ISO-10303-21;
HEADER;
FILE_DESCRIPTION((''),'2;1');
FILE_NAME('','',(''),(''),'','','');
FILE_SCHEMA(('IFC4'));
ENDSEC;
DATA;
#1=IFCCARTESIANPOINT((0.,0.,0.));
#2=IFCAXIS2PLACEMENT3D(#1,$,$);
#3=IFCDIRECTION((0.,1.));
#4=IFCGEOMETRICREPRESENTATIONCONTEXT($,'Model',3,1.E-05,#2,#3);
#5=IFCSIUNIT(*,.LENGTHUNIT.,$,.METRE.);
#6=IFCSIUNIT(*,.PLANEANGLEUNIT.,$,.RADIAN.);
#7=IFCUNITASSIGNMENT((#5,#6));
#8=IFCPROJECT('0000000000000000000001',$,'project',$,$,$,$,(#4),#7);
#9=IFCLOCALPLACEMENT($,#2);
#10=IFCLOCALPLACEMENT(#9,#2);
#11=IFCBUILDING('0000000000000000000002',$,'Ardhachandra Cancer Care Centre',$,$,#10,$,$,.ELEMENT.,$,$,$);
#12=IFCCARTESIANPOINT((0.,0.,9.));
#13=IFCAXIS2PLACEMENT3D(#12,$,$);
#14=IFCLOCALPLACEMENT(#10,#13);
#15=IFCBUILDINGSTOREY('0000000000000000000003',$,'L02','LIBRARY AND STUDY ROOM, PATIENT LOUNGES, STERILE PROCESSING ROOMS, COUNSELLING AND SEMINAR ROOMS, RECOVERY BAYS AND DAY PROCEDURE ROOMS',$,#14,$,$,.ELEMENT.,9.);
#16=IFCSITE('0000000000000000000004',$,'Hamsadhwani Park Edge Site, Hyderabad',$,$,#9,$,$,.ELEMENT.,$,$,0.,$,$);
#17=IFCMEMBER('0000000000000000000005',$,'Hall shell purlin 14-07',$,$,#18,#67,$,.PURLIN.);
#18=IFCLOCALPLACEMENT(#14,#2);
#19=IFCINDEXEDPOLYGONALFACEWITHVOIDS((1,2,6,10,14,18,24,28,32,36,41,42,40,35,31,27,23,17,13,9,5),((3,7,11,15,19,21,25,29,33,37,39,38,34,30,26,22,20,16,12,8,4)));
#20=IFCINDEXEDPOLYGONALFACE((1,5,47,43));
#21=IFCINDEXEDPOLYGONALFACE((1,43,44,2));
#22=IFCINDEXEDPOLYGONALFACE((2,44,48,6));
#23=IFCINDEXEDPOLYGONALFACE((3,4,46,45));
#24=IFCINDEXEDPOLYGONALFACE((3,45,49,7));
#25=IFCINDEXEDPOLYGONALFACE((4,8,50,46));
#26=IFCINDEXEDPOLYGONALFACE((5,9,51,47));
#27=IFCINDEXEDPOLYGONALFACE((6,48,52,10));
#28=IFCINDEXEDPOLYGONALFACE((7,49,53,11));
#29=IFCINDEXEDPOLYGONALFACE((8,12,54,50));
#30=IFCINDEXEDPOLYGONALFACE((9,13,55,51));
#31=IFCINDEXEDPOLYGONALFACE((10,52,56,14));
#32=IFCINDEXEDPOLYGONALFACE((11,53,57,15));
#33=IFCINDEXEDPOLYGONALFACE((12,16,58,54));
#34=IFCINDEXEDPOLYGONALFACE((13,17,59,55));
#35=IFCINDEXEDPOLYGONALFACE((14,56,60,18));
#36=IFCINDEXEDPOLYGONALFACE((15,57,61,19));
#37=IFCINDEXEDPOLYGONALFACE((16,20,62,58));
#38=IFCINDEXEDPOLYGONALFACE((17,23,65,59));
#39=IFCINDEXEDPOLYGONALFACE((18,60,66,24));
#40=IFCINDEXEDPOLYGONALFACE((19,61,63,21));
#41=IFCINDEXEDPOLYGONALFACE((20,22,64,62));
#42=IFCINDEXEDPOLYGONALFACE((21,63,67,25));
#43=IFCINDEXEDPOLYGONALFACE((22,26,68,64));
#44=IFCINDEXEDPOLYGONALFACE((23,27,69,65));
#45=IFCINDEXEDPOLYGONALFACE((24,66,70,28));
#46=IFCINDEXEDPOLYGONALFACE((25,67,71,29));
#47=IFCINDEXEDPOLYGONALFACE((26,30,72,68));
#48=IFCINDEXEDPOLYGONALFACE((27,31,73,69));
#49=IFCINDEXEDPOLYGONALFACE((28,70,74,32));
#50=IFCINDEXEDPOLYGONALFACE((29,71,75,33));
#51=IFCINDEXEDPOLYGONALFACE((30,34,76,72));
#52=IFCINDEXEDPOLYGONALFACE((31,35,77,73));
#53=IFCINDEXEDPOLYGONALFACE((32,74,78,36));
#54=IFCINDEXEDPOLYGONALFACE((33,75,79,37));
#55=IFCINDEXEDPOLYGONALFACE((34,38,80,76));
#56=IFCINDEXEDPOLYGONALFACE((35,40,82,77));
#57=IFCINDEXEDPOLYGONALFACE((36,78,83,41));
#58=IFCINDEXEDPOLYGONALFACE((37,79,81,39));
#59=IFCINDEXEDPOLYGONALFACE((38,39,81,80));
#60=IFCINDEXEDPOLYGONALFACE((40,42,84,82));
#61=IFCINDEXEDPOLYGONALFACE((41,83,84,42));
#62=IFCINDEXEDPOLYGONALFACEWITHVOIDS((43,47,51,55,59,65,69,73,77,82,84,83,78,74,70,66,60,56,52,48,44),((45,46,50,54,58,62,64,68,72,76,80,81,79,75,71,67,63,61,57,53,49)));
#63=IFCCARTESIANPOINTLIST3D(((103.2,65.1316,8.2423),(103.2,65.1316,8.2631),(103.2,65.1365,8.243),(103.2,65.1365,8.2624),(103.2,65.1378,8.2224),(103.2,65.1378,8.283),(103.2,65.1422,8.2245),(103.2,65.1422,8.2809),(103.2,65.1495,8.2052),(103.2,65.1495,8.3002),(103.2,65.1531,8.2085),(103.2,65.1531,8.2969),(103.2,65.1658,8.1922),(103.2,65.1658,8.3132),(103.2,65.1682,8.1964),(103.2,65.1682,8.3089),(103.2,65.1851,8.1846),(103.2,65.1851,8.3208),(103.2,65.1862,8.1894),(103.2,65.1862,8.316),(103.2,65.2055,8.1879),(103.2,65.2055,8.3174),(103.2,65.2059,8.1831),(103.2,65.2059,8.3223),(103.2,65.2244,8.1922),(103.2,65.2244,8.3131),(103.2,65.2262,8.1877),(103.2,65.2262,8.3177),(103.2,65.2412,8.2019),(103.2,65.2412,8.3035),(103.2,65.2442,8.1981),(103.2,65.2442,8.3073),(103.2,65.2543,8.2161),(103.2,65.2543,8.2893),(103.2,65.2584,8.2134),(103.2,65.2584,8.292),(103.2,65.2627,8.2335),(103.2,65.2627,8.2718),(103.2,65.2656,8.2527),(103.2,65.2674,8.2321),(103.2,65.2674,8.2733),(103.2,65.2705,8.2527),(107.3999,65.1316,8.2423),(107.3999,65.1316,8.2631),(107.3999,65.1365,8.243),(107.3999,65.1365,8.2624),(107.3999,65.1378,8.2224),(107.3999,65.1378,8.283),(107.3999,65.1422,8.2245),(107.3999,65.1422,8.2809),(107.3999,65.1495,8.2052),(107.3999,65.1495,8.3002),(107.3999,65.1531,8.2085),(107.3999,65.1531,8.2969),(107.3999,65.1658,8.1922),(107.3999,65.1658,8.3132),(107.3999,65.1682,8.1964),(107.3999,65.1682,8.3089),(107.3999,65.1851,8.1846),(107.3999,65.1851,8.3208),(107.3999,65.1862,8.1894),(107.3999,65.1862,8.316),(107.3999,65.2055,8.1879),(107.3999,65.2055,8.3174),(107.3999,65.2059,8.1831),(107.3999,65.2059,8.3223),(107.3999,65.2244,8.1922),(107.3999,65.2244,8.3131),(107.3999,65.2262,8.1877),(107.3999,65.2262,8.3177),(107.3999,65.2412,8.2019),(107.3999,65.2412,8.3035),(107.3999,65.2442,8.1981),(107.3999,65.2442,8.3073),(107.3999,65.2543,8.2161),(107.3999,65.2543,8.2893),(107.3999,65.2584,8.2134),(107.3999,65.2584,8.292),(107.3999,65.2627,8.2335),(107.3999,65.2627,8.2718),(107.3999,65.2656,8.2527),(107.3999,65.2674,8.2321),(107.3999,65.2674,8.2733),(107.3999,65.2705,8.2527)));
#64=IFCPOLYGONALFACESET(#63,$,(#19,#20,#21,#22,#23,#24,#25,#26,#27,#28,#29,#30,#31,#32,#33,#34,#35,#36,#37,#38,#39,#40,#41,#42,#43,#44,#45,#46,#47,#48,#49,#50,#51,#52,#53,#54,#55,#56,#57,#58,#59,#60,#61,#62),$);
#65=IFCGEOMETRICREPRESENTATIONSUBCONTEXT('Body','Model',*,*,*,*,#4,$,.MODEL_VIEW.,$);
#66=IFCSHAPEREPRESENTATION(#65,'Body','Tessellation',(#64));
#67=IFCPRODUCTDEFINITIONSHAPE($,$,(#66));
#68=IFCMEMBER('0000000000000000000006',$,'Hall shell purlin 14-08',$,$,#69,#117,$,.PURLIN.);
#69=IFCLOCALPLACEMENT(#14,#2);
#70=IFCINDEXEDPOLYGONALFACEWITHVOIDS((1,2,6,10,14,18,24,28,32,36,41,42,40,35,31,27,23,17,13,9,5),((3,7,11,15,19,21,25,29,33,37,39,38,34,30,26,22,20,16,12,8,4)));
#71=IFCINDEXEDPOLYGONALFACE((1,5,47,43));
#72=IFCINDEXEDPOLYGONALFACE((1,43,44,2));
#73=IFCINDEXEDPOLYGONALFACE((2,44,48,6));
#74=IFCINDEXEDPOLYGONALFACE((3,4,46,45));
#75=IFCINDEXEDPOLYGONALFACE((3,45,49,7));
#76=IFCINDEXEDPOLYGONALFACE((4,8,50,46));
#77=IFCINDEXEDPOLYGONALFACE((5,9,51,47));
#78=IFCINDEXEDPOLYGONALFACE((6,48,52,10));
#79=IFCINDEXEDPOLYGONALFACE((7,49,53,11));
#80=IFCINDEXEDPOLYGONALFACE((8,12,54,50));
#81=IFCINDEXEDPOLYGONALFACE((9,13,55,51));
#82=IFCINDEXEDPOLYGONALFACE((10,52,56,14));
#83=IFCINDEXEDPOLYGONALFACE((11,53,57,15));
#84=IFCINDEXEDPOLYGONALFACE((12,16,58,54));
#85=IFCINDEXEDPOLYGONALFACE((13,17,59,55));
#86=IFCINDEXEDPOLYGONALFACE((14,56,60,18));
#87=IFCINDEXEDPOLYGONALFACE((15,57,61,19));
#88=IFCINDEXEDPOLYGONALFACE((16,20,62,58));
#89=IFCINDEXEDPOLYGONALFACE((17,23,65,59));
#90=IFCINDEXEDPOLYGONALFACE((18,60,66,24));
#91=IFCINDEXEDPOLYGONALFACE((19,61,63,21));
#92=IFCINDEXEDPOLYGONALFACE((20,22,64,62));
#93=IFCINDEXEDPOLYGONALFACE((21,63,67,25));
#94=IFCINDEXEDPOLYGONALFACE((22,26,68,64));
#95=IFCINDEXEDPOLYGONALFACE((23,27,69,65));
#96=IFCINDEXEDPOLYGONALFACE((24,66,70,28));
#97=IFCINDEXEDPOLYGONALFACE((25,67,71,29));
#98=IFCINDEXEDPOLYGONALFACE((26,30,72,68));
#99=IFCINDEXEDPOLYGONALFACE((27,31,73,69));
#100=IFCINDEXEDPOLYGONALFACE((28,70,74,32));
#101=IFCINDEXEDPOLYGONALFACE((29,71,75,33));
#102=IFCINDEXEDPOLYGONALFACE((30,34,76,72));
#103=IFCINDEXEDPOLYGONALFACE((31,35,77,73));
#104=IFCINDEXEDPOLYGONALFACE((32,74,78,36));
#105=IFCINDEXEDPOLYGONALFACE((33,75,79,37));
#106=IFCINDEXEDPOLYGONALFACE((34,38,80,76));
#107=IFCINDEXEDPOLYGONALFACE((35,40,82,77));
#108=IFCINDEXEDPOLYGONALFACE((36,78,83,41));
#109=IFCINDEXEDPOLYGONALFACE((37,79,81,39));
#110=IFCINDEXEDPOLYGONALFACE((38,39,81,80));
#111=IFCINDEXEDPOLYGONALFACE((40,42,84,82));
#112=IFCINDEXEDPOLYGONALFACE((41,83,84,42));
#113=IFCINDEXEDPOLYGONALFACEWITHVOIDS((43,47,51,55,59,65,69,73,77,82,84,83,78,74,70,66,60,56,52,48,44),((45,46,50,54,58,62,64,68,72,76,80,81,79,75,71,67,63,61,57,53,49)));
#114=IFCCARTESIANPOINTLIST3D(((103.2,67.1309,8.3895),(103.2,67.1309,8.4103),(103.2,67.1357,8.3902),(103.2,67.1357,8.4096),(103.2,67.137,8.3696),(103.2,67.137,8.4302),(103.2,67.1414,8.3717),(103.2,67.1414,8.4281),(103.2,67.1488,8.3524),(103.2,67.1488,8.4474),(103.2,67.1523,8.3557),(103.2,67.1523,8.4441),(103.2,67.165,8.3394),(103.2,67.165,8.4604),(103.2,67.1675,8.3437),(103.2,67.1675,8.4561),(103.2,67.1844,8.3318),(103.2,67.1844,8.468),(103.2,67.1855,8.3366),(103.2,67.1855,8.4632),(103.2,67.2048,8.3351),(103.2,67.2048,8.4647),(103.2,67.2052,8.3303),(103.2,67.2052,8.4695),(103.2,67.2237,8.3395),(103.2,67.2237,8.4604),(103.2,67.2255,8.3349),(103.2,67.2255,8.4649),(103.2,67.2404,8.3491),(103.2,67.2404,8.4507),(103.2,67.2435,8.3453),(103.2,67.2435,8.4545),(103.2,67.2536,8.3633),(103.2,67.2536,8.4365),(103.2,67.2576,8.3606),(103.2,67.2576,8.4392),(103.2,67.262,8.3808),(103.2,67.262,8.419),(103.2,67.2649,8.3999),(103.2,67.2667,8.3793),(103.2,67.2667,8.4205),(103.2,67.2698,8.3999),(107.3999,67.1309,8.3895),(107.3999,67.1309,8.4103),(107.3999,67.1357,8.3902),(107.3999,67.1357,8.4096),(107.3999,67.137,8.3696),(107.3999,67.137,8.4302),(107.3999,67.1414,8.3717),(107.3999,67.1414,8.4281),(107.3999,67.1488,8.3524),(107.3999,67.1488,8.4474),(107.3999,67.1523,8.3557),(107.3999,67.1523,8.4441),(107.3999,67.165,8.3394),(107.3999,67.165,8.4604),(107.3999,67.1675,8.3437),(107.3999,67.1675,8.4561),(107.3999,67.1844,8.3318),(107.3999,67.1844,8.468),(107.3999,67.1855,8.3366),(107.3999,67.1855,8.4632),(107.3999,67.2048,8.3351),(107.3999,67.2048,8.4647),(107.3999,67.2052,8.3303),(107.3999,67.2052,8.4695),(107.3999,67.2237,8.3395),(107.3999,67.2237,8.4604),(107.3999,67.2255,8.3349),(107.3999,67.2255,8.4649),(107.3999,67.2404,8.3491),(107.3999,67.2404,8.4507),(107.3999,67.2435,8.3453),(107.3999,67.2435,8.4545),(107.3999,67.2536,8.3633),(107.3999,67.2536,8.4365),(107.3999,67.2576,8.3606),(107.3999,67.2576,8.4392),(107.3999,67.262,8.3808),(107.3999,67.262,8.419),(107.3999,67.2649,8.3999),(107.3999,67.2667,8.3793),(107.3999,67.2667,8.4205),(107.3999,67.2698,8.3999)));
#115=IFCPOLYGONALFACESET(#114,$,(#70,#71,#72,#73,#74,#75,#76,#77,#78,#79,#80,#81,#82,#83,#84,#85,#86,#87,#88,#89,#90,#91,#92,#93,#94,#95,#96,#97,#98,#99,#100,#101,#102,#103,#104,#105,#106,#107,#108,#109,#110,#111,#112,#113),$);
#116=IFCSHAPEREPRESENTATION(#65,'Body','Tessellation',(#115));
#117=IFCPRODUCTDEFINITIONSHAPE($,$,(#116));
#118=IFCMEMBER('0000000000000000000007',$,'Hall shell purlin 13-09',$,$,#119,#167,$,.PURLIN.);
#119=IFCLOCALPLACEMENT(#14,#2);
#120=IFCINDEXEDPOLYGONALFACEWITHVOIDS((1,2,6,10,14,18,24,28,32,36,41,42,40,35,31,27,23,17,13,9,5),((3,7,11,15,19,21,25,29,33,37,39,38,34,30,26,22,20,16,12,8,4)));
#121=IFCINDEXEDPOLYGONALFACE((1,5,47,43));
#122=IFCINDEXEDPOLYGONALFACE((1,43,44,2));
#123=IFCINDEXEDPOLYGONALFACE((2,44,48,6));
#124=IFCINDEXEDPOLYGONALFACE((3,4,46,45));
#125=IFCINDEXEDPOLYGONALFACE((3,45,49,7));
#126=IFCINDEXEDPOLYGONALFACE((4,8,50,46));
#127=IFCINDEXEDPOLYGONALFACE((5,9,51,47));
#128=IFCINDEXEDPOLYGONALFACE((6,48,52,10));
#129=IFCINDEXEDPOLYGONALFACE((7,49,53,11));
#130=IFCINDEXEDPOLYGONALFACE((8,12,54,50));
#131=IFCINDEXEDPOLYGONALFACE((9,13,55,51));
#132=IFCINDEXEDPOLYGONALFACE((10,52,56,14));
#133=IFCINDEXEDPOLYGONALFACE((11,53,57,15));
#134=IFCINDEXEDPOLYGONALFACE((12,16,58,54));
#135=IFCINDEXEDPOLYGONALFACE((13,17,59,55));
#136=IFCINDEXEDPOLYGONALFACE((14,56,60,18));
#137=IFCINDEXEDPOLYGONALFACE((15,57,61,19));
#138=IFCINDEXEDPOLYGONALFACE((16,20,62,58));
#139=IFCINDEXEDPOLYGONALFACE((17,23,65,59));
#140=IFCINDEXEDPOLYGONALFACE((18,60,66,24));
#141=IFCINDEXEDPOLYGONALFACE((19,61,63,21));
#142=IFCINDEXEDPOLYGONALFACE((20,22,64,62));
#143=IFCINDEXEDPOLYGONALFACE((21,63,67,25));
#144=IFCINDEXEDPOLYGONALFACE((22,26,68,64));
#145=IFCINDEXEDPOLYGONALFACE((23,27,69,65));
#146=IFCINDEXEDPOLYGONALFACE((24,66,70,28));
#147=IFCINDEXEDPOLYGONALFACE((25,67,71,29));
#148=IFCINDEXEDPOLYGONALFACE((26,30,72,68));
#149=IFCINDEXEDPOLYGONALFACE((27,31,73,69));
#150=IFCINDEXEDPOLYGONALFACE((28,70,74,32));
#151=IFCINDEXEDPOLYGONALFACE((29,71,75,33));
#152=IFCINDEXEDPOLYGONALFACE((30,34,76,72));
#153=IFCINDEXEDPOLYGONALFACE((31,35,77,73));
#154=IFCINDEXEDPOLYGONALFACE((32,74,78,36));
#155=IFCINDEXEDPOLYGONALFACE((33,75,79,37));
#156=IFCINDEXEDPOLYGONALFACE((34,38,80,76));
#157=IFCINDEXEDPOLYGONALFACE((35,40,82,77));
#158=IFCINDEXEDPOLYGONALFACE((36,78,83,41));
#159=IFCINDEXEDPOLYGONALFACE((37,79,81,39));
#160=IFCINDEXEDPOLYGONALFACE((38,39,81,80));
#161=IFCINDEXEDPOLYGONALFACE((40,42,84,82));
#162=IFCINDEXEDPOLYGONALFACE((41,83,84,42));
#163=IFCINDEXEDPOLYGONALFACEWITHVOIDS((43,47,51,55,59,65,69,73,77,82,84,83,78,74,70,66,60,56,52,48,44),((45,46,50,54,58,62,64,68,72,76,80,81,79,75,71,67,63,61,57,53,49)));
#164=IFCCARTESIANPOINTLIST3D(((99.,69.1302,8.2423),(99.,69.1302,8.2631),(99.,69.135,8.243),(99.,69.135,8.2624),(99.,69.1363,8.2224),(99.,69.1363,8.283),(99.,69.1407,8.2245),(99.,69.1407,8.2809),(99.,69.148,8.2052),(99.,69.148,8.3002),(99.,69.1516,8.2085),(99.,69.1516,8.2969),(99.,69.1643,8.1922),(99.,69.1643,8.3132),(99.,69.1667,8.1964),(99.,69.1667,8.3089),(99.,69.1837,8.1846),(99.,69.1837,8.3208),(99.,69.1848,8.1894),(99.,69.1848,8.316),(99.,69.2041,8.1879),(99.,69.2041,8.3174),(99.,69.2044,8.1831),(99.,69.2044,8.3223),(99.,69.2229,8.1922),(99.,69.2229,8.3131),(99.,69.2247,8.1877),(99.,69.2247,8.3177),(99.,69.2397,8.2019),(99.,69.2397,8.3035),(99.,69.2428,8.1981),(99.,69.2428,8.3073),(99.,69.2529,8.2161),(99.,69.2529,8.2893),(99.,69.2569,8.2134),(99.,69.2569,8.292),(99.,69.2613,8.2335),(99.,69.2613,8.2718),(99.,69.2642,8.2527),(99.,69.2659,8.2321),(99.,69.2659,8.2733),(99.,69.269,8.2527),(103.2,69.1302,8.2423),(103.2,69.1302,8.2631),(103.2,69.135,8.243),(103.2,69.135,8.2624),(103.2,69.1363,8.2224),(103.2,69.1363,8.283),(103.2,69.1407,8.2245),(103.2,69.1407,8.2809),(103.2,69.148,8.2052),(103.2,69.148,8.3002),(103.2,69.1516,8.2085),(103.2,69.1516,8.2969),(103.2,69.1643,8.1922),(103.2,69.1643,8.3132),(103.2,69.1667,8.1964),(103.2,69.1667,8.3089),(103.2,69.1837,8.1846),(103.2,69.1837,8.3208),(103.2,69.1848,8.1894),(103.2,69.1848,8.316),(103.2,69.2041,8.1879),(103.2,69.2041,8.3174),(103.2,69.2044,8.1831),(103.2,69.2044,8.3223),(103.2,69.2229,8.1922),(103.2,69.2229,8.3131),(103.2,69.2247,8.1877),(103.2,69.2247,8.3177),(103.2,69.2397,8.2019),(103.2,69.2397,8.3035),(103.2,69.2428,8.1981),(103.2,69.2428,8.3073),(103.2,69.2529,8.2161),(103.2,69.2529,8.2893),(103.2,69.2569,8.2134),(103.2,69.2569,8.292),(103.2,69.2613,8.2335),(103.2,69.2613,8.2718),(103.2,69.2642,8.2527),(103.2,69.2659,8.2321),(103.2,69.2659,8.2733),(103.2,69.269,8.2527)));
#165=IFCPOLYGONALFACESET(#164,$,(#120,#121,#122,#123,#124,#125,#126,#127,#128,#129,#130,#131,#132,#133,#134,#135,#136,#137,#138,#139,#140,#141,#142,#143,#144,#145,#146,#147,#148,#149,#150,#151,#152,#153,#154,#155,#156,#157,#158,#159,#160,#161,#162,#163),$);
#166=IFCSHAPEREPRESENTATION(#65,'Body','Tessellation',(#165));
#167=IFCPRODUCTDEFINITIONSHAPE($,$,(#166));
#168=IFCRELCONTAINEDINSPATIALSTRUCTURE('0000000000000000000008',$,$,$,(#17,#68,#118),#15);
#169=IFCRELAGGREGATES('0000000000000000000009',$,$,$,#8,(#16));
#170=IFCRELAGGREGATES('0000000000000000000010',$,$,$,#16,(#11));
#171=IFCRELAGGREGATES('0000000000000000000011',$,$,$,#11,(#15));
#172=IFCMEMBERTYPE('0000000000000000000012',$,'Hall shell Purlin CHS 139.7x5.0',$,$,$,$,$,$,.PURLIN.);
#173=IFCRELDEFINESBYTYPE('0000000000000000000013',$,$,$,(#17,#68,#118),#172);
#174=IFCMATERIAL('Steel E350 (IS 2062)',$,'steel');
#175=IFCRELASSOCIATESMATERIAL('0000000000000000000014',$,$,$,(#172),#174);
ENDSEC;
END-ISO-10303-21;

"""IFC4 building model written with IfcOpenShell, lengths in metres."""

from ifc_helpers import new_model, si_unit, direction, frame, origin, origin_2d, place, context, subcontext, project, spatial, hollow_circle, extrude, material, material_profile, profile_set, type_object, element, save


model = new_model("IFC4")

# Units and contexts
model_context = context("Model", 3, precision=1e-05, world=origin(), true_north=direction((0.0, 1.0)))
body_context = subcontext(model_context, "Body", "Model", "MODEL_VIEW")
ifc_project = project(units=[si_unit("LENGTHUNIT", "METRE"), si_unit("PLANEANGLEUNIT", "RADIAN")], contexts=[model_context])

# Site, building, storey
site_placement = place(None, origin())
site = spatial("IfcSite", under=ifc_project, at=site_placement, Name="Hamsadhwani Park Edge Site, Hyderabad", CompositionType="ELEMENT", RefElevation=0.0)
building_placement = place(site_placement, origin())
building = spatial("IfcBuilding", under=site, at=building_placement, Name="Ardhachandra Cancer Care Centre", CompositionType="ELEMENT")
storey_placement = place(building_placement, frame((0.0, 0.0, 9.0)))
storey = spatial("IfcBuildingStorey", under=building, at=storey_placement, Name="L02", Description="LIBRARY AND STUDY ROOM, PATIENT LOUNGES, STERILE PROCESSING ROOMS, COUNSELLING AND SEMINAR ROOMS, RECOVERY BAYS AND DAY PROCEDURE ROOMS", CompositionType="ELEMENT", Elevation=9.0)

# Members
ifc_material_1 = material(Name="Steel E350 (IS 2062)", Category="steel")
ifc_material_profile_1 = material_profile(ifc_material_1, hollow_circle(Radius=0.0698, WallThickness=0.0049, at=origin_2d()), Name="CHS 139.7x5.0")
ifc_profile_set_1 = profile_set([ifc_material_profile_1], Name="Steel E350 (IS 2062)")
member_type_1 = type_object("IfcMemberType", Name="Hall shell Purlin CHS 139.7x5.0", PredefinedType="PURLIN", material=ifc_profile_set_1)
for number, where, z_axis, x_axis, name in (
    (1, (103.2, 65.2007, 8.2527), (1.0, 0.0, 0.0), (0.0, 1.0, 0.0), "Hall shell purlin 14-07"),
    (2, (103.2, 67.2, 8.3999), (1.0, 0.0, 0.0), (0.0, 1.0, 0.0), "Hall shell purlin 14-08"),
    (3, (99.0, 69.1992, 8.2527), (1.0, 0.0, 0.0), (0.0, 1.0, 0.0), "Hall shell purlin 13-09"),
):
    element("IfcMember", number, at=place(storey_placement, frame(where, z_axis=z_axis, x_axis=x_axis)), inside=storey, type_object=member_type_1, Name=name, PredefinedType="PURLIN", context=body_context, shape_type="SweptSolid", body=[
        extrude(hollow_circle(Radius=0.0698, WallThickness=0.0049, at=origin_2d()), origin(), (0.0, 0.0, 1.0), 4.2),
    ])

save(model, "model.ifc")
